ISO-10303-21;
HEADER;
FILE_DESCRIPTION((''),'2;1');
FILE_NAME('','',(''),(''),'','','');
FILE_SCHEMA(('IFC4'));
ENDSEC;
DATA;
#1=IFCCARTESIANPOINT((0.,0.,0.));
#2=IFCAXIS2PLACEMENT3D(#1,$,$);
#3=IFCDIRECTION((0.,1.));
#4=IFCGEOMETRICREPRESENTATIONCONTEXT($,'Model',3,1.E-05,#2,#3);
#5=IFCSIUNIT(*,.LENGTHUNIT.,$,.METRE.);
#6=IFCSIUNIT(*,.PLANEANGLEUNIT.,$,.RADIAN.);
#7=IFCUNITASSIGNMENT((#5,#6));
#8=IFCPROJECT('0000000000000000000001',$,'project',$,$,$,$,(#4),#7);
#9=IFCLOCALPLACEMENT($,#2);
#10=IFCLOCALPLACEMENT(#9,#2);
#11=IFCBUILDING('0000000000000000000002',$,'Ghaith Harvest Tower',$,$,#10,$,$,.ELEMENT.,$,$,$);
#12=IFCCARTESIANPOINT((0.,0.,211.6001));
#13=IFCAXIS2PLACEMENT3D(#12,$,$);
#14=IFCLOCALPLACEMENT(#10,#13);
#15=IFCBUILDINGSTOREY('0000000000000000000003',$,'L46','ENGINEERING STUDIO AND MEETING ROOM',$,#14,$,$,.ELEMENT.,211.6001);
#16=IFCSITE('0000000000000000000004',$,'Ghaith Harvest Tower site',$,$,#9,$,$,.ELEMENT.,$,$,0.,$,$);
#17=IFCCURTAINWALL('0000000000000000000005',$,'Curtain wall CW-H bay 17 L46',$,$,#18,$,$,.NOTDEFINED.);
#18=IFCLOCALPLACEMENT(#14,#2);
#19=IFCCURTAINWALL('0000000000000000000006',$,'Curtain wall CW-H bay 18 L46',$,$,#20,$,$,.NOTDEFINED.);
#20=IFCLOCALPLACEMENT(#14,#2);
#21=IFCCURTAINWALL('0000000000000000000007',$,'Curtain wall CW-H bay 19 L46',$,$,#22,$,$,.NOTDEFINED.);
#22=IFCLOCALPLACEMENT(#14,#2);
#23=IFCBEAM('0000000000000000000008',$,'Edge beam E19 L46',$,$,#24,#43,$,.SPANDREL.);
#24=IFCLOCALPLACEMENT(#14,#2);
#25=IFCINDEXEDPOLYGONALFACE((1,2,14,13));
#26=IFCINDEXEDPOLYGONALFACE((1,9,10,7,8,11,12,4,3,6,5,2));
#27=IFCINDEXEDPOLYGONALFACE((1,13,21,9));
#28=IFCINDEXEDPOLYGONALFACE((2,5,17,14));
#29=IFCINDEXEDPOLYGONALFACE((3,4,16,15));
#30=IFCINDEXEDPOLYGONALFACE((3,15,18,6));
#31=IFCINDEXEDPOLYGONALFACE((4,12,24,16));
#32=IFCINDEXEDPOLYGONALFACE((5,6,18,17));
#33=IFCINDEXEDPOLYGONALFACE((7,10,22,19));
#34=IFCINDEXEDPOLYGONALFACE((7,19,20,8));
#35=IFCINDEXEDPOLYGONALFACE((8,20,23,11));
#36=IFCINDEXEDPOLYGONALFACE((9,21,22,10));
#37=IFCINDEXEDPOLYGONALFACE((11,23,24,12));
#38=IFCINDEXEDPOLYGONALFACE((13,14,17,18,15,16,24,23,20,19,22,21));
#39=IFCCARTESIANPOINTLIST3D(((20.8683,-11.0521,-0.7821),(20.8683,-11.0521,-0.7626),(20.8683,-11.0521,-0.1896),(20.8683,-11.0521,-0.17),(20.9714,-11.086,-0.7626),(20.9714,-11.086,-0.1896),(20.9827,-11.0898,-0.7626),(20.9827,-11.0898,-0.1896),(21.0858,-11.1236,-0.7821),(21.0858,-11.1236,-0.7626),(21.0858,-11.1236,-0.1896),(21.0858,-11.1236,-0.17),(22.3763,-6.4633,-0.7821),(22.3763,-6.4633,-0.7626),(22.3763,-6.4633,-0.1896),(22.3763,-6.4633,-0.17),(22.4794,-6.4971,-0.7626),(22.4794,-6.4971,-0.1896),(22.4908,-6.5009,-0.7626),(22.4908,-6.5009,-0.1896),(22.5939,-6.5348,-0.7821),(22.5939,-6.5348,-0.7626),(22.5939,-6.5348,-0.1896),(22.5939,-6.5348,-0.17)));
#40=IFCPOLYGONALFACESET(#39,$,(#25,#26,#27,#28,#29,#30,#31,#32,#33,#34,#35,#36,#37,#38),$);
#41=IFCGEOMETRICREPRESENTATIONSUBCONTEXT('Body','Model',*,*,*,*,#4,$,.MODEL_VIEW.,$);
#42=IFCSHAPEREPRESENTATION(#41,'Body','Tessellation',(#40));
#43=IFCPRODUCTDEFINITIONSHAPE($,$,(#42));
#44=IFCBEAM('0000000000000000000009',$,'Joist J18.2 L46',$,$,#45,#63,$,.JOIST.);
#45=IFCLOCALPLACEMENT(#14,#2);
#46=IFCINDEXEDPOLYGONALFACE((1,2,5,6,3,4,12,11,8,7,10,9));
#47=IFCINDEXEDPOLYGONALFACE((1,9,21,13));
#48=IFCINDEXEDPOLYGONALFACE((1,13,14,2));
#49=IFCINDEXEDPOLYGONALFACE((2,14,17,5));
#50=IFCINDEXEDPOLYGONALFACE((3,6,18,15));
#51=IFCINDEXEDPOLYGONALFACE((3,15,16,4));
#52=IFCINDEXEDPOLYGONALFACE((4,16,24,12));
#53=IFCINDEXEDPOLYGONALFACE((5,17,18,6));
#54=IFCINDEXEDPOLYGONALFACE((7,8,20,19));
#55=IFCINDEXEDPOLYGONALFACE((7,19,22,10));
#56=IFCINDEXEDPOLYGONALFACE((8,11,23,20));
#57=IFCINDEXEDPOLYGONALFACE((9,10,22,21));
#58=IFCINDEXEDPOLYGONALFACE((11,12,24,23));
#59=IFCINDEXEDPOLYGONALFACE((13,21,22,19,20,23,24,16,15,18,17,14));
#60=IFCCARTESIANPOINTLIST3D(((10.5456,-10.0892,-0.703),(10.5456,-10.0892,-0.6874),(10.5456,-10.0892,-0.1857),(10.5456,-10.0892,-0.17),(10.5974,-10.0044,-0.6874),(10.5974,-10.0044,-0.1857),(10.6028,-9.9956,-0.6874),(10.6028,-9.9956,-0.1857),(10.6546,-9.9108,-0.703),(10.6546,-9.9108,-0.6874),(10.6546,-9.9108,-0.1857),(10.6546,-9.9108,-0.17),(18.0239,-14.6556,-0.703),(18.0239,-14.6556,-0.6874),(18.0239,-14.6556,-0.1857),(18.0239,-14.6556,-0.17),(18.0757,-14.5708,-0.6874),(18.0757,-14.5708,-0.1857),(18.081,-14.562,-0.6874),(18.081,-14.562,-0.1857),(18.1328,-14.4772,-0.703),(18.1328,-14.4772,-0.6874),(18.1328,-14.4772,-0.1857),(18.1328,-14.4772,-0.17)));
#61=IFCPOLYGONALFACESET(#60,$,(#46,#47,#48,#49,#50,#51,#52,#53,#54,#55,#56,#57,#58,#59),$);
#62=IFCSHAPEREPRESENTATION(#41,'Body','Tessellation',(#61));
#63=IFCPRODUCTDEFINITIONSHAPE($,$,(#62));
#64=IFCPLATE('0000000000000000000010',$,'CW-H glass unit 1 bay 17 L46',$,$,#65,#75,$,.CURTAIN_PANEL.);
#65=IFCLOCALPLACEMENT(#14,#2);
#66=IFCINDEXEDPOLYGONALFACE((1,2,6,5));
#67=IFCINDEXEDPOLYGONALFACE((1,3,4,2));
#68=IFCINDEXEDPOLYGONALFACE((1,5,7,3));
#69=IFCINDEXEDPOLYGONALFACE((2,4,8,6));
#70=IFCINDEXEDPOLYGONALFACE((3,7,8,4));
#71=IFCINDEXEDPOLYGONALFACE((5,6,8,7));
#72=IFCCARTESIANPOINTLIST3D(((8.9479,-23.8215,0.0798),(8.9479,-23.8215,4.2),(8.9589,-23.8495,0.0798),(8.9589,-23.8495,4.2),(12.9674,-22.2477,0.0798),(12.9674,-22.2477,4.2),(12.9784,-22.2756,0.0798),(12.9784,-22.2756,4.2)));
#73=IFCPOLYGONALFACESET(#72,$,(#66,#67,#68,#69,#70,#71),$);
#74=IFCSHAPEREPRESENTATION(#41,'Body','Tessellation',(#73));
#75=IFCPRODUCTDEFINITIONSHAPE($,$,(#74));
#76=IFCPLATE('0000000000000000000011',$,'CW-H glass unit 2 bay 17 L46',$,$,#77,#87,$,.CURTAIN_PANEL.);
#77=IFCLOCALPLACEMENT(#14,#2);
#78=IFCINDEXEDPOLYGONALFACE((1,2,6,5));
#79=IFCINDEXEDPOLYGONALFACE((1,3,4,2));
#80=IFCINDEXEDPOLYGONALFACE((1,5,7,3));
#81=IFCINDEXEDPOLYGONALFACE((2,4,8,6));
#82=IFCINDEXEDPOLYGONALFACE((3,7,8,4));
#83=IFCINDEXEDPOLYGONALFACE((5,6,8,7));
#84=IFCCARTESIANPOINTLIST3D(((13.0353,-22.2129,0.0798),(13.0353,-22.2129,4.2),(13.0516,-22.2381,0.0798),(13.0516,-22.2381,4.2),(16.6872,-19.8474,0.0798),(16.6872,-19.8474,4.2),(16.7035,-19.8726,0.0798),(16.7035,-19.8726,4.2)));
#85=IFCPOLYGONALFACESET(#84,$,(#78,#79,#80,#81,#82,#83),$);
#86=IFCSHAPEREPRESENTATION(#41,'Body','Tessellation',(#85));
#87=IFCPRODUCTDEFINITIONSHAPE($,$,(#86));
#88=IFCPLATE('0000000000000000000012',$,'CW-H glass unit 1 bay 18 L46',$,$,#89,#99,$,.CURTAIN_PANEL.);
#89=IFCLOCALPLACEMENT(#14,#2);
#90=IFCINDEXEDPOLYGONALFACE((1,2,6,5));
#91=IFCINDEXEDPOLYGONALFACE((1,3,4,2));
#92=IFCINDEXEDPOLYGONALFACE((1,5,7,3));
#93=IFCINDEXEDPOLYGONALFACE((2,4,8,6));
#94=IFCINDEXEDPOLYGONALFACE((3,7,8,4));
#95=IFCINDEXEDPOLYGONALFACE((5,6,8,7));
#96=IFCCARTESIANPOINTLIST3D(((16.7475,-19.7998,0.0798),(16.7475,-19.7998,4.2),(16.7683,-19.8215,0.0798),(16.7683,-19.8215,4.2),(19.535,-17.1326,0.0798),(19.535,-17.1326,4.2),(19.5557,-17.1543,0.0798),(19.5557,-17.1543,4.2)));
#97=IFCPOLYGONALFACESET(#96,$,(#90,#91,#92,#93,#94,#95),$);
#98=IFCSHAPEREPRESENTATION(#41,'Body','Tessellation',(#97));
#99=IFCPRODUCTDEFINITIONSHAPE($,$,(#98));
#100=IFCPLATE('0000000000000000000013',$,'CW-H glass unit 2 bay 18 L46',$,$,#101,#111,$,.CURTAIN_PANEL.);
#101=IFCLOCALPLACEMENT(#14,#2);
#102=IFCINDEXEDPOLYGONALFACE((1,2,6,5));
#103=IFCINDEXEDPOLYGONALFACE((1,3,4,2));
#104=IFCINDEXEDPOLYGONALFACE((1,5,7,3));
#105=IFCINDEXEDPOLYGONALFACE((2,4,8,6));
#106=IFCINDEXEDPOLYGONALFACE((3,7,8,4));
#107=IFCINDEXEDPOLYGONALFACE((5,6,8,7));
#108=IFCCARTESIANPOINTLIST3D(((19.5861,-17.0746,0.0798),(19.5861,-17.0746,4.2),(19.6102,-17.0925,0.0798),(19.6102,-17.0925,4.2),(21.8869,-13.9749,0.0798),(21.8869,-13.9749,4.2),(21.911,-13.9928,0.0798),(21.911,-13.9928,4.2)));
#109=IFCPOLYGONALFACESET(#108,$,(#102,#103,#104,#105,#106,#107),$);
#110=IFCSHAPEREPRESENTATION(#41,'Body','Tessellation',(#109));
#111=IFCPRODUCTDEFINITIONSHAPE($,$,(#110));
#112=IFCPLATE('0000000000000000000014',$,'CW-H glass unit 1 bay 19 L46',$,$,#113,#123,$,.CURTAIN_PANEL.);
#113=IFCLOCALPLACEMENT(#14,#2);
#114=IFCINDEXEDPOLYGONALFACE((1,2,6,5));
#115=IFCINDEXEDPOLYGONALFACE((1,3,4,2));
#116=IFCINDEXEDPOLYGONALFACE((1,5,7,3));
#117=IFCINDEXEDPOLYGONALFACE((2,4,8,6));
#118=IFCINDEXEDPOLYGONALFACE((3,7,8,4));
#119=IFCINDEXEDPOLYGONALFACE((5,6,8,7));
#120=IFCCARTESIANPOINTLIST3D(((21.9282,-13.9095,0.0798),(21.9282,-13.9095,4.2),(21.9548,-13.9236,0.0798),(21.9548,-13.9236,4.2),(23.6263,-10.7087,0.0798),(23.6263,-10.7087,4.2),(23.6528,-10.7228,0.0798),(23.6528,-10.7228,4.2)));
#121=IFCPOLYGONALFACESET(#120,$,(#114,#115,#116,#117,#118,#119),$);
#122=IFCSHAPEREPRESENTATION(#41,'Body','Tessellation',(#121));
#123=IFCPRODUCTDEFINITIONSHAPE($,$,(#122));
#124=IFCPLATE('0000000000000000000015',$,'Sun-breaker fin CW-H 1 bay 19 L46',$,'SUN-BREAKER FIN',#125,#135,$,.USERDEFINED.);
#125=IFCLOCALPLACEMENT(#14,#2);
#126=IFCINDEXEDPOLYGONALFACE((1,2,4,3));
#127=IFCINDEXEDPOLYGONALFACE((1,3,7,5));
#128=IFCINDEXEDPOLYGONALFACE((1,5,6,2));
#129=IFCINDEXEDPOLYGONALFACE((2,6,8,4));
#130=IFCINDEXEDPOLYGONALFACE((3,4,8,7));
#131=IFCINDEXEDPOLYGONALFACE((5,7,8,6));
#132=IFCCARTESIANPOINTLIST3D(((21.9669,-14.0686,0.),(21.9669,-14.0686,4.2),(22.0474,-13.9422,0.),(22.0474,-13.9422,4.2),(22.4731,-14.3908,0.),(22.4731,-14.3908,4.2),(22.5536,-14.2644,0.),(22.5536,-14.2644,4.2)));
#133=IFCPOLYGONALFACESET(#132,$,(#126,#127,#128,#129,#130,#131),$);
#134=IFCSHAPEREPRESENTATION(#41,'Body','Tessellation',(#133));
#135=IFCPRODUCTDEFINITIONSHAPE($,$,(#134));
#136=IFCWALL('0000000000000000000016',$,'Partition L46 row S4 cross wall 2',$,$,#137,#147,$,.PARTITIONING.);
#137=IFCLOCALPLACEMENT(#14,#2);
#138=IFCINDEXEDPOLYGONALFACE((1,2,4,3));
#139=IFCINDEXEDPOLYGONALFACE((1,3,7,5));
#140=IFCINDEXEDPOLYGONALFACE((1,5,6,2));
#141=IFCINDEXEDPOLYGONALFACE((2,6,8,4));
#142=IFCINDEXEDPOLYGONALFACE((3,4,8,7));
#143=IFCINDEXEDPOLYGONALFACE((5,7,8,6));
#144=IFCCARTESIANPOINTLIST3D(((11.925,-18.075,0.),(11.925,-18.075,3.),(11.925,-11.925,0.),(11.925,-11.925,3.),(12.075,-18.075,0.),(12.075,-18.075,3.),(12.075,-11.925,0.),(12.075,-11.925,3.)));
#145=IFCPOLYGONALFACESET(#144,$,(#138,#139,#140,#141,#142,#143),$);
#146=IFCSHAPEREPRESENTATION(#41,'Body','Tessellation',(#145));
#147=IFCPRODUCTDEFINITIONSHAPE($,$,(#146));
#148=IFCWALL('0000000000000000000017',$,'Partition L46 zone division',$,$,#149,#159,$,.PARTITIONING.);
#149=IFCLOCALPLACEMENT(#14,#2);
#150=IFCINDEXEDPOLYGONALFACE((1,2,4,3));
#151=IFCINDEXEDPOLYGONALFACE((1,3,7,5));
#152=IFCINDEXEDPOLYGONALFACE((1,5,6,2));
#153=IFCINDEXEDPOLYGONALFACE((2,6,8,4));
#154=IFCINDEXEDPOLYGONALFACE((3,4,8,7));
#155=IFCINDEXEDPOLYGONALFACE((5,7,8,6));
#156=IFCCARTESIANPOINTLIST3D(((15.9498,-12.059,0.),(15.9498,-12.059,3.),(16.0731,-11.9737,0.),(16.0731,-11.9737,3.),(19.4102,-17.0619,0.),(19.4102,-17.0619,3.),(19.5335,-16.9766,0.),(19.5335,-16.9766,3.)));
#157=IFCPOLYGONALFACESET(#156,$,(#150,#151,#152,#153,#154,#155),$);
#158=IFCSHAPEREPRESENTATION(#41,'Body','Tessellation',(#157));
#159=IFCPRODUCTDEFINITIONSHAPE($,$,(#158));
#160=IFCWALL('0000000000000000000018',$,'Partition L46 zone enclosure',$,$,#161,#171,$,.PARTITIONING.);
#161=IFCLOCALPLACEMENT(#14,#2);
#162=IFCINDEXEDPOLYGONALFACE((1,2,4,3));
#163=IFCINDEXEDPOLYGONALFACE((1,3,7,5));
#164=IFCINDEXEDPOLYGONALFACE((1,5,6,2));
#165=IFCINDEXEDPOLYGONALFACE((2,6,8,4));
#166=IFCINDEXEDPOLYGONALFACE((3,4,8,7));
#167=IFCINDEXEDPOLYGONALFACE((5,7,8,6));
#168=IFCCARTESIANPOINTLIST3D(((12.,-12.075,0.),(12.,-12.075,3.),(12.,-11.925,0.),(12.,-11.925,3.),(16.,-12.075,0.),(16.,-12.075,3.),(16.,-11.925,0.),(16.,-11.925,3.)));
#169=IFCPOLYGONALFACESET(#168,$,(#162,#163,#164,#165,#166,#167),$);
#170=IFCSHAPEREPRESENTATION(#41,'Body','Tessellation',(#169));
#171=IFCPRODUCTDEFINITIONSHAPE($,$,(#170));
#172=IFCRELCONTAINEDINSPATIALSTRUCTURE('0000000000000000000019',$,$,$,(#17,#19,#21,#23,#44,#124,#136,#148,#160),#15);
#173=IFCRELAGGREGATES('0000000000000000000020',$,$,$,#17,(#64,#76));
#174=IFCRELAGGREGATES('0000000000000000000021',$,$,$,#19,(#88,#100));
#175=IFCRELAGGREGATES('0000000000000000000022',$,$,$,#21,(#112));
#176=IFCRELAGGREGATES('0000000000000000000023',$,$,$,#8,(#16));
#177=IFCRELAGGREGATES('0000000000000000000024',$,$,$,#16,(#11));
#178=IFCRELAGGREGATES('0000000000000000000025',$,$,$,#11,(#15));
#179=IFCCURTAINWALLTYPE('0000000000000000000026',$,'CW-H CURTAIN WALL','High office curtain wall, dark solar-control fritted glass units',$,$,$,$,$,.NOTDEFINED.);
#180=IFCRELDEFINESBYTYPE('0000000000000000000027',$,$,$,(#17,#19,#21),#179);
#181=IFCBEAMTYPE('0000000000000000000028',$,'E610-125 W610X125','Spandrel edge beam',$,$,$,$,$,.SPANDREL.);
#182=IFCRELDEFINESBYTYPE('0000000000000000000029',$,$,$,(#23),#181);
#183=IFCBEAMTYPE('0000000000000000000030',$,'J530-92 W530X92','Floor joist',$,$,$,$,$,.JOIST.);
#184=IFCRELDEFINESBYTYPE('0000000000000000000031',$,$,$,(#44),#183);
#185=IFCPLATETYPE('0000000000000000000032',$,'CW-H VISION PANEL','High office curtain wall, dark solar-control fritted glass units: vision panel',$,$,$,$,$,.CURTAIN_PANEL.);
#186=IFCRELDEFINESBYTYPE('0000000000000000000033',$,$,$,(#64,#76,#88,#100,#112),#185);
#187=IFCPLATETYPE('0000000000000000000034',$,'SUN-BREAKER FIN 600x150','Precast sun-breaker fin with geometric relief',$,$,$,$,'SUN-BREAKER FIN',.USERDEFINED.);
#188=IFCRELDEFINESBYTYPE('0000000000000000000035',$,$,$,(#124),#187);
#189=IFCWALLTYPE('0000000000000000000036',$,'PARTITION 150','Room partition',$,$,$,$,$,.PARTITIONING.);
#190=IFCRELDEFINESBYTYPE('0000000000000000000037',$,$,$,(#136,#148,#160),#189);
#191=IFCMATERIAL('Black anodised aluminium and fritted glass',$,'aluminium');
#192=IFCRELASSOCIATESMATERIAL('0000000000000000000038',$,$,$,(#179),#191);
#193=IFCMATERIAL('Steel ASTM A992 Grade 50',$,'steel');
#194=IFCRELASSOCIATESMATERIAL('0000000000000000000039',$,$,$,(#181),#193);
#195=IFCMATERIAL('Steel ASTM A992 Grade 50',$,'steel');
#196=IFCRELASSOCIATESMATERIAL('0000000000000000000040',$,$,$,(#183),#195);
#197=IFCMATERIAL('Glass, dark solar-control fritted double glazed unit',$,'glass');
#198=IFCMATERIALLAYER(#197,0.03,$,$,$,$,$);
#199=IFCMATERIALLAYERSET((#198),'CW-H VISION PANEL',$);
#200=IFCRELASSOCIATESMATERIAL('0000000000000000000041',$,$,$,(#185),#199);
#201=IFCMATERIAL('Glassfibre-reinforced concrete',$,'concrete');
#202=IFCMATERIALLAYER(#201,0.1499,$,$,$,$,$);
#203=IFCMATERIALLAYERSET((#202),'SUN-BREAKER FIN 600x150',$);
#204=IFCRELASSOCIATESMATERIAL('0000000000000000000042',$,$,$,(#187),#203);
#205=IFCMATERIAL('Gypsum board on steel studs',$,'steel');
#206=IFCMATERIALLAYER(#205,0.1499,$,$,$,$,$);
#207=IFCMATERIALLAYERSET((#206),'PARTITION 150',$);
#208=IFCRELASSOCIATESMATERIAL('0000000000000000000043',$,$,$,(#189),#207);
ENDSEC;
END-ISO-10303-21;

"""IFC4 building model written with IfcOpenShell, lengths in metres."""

from ifc_helpers import new_model, si_unit, direction, frame, frame_2d, origin, origin_2d, place, context, subcontext, project, spatial, rectangle, i_section, extrude, material, layer, layer_set, material_profile, profile_set, type_object, element, aggregate, save


model = new_model("IFC4")

# Units and contexts
model_context = context("Model", 3, precision=1e-05, world=origin(), true_north=direction((0.0, 1.0)))
body_context = subcontext(model_context, "Body", "Model", "MODEL_VIEW")
ifc_project = project(units=[si_unit("LENGTHUNIT", "METRE"), si_unit("PLANEANGLEUNIT", "RADIAN")], contexts=[model_context])

# Site, building, storey
site_placement = place(None, origin())
site = spatial("IfcSite", under=ifc_project, at=site_placement, Name="Ghaith Harvest Tower site", CompositionType="ELEMENT", RefElevation=0.0)
building_placement = place(site_placement, origin())
building = spatial("IfcBuilding", under=site, at=building_placement, Name="Ghaith Harvest Tower", CompositionType="ELEMENT")
storey_placement = place(building_placement, frame((0.0, 0.0, 211.6001)))
storey = spatial("IfcBuildingStorey", under=building, at=storey_placement, Name="L46", Description="ENGINEERING STUDIO AND MEETING ROOM", CompositionType="ELEMENT", Elevation=211.6001)

# Curtain wall
ifc_material_1 = material(Name="Black anodised aluminium and fritted glass", Category="aluminium")
curtain_wall_type = type_object("IfcCurtainWallType", Name="CW-H CURTAIN WALL", Description="High office curtain wall, dark solar-control fritted glass units", PredefinedType="NOTDEFINED", material=ifc_material_1)
curtain_wall_1_placement = place(storey_placement, origin())
curtain_wall_1 = element("IfcCurtainWall", 1, at=curtain_wall_1_placement, inside=storey, type_object=curtain_wall_type, Name="Curtain wall CW-H bay 17 L46", PredefinedType="NOTDEFINED")

# Curtain walls
curtain_wall_2_placement = place(storey_placement, origin())
curtain_wall_2 = element("IfcCurtainWall", 2, at=curtain_wall_2_placement, inside=storey, type_object=curtain_wall_type, Name="Curtain wall CW-H bay 18 L46", PredefinedType="NOTDEFINED")
curtain_wall_3_placement = place(storey_placement, origin())
curtain_wall_3 = element("IfcCurtainWall", 3, at=curtain_wall_3_placement, inside=storey, type_object=curtain_wall_type, Name="Curtain wall CW-H bay 19 L46", PredefinedType="NOTDEFINED")

# Beams
ifc_material_2 = material(Name="Steel ASTM A992 Grade 50", Category="steel")
ifc_material_profile_1 = material_profile(ifc_material_2, i_section(OverallWidth=0.229, OverallDepth=0.6121, WebThickness=0.012, FlangeThickness=0.0195, at=origin_2d()), Name="W610X125")
ifc_profile_set_1 = profile_set([ifc_material_profile_1], Name="Steel ASTM A992 Grade 50")
beam_type_1 = type_object("IfcBeamType", Name="E610-125 W610X125", Description="Spandrel edge beam", PredefinedType="SPANDREL", material=ifc_profile_set_1)
beam_1_placement = place(storey_placement, frame((20.9771, -11.0879, -0.4761), z_axis=(0.312207, 0.950014, 0.0), x_axis=(-0.950014, 0.312207, 0.0)))
element("IfcBeam", 4, at=beam_1_placement, inside=storey, type_object=beam_type_1, Name="Edge beam E19 L46", PredefinedType="SPANDREL", context=body_context, shape_type="SweptSolid", body=[
    extrude(i_section(OverallWidth=0.229, OverallDepth=0.6121, WebThickness=0.012, FlangeThickness=0.0195, at=origin_2d()), origin(), (0.0, 0.0, 1.0), 4.8303),
])
ifc_material_3 = material(Name="Steel ASTM A992 Grade 50", Category="steel")
ifc_material_profile_2 = material_profile(ifc_material_3, i_section(OverallWidth=0.209, OverallDepth=0.533, WebThickness=0.0103, FlangeThickness=0.0156, at=origin_2d()), Name="W530X92")
ifc_profile_set_2 = profile_set([ifc_material_profile_2], Name="Steel ASTM A992 Grade 50")
beam_type_2 = type_object("IfcBeamType", Name="J530-92 W530X92", Description="Floor joist", PredefinedType="JOIST", material=ifc_profile_set_2)
beam_2_placement = place(storey_placement, frame((10.6001, -10.0, -0.4365), z_axis=(0.853467, -0.521147, 0.0), x_axis=(0.521147, 0.853467, 0.0)))
element("IfcBeam", 5, at=beam_2_placement, inside=storey, type_object=beam_type_2, Name="Joist J18.2 L46", PredefinedType="JOIST", context=body_context, shape_type="SweptSolid", body=[
    extrude(i_section(OverallWidth=0.209, OverallDepth=0.533, WebThickness=0.0103, FlangeThickness=0.0156, at=origin_2d()), origin(), (0.0, 0.0, 1.0), 8.7622),
])

# Plates
ifc_material_4 = material(Name="Glass, dark solar-control fritted double glazed unit", Category="glass")
ifc_layer_1 = layer(ifc_material_4, 0.03)
ifc_layer_set_1 = layer_set([ifc_layer_1], Name="CW-H VISION PANEL")
plate_type_1 = type_object("IfcPlateType", Name="CW-H VISION PANEL", Description="High office curtain wall, dark solar-control fritted glass units: vision panel", PredefinedType="CURTAIN_PANEL", material=ifc_layer_set_1)
plate_1_placement = place(storey_placement, frame((10.9631, -23.0486, 0.0798), z_axis=(0.0, 0.0, 1.0), x_axis=(0.931161, 0.364608, 0.0)))
plate_1 = element("IfcPlate", 6, at=plate_1_placement, type_object=plate_type_1, Name="CW-H glass unit 1 bay 17 L46", PredefinedType="CURTAIN_PANEL", context=body_context, shape_type="SweptSolid", body=[
    extrude(rectangle(XDim=4.3167, YDim=0.03, at=origin_2d()), origin(), (0.0, 0.0, 1.0), 4.1201),
])
plate_2_placement = place(storey_placement, frame((14.8694, -21.0427, 0.0798), z_axis=(0.0, 0.0, 1.0), x_axis=(0.839305, 0.54366, 0.0)))
plate_2 = element("IfcPlate", 7, at=plate_2_placement, type_object=plate_type_1, Name="CW-H glass unit 2 bay 17 L46", PredefinedType="CURTAIN_PANEL", context=body_context, shape_type="SweptSolid", body=[
    extrude(rectangle(XDim=4.3511, YDim=0.03, at=origin_2d()), origin(), (0.0, 0.0, 1.0), 4.1201),
])
aggregate(curtain_wall_1, [plate_1, plate_2])
plate_3_placement = place(storey_placement, frame((18.1516, -18.4771, 0.0798), z_axis=(0.0, 0.0, 1.0), x_axis=(0.722533, 0.691337, 0.0)))
plate_3 = element("IfcPlate", 8, at=plate_3_placement, type_object=plate_type_1, Name="CW-H glass unit 1 bay 18 L46", PredefinedType="CURTAIN_PANEL", context=body_context, shape_type="SweptSolid", body=[
    extrude(rectangle(XDim=3.8579, YDim=0.03, at=origin_2d()), origin(), (0.0, 0.0, 1.0), 4.1201),
])
plate_4_placement = place(storey_placement, frame((20.7485, -15.5337, 0.0798), z_axis=(0.0, 0.0, 1.0), x_axis=(0.596019, 0.802971, 0.0)))
plate_4 = element("IfcPlate", 9, at=plate_4_placement, type_object=plate_type_1, Name="CW-H glass unit 2 bay 18 L46", PredefinedType="CURTAIN_PANEL", context=body_context, shape_type="SweptSolid", body=[
    extrude(rectangle(XDim=3.8604, YDim=0.03, at=origin_2d()), origin(), (0.0, 0.0, 1.0), 4.1201),
])
aggregate(curtain_wall_2, [plate_3, plate_4])
plate_5_placement = place(storey_placement, frame((22.7905, -12.3162, 0.0798), z_axis=(0.0, 0.0, 1.0), x_axis=(0.468644, 0.883387, 0.0)))
plate_5 = element("IfcPlate", 10, at=plate_5_placement, type_object=plate_type_1, Name="CW-H glass unit 1 bay 19 L46", PredefinedType="CURTAIN_PANEL", context=body_context, shape_type="SweptSolid", body=[
    extrude(rectangle(XDim=3.6233, YDim=0.03, at=origin_2d()), origin(), (0.0, 0.0, 1.0), 4.1201),
])
aggregate(curtain_wall_3, [plate_5])
ifc_material_5 = material(Name="Glassfibre-reinforced concrete", Category="concrete")
ifc_layer_2 = layer(ifc_material_5, 0.1499)
ifc_layer_set_2 = layer_set([ifc_layer_2], Name="SUN-BREAKER FIN 600x150")
plate_type_2 = type_object("IfcPlateType", Name="SUN-BREAKER FIN 600x150", Description="Precast sun-breaker fin with geometric relief", ElementType="SUN-BREAKER FIN", PredefinedType="USERDEFINED", material=ifc_layer_set_2)
plate_6_placement = place(storey_placement, frame((22.2603, -14.1665, 0.0), z_axis=(0.0, 0.0, 1.0), x_axis=(0.843644, -0.536903, 0.0)))
element("IfcPlate", 11, at=plate_6_placement, inside=storey, type_object=plate_type_2, Name="Sun-breaker fin CW-H 1 bay 19 L46", ObjectType="SUN-BREAKER FIN", PredefinedType="USERDEFINED", context=body_context, shape_type="SweptSolid", body=[
    extrude(rectangle(XDim=0.6001, YDim=0.1499, at=origin_2d()), origin(), (0.0, 0.0, 1.0), 4.2),
])

# Walls
ifc_material_6 = material(Name="Gypsum board on steel studs", Category="steel")
ifc_layer_3 = layer(ifc_material_6, 0.1499)
ifc_layer_set_3 = layer_set([ifc_layer_3], Name="PARTITION 150")
wall_type = type_object("IfcWallType", Name="PARTITION 150", Description="Room partition", PredefinedType="PARTITIONING", material=ifc_layer_set_3)
wall_1_placement = place(storey_placement, frame((12.0, -11.925, 0.0), z_axis=(0.0, 0.0, 1.0), x_axis=(0.0, -1.0, 0.0)))
element("IfcWall", 12, at=wall_1_placement, inside=storey, type_object=wall_type, Name="Partition L46 row S4 cross wall 2", PredefinedType="PARTITIONING", context=body_context, shape_type="SweptSolid", body=[
    extrude(rectangle(XDim=6.1499, YDim=0.1499, at=frame_2d((3.075, 0.0))), origin(), (0.0, 0.0, 1.0), 3.0),
])
wall_2_placement = place(storey_placement, frame((16.0115, -12.0164, 0.0), z_axis=(0.0, 0.0, 1.0), x_axis=(0.568863, -0.822432, 0.0)))
element("IfcWall", 13, at=wall_2_placement, inside=storey, type_object=wall_type, Name="Partition L46 zone division", PredefinedType="PARTITIONING", context=body_context, shape_type="SweptSolid", body=[
    extrude(rectangle(XDim=6.083, YDim=0.1499, at=frame_2d((3.0415, 0.0))), origin(), (0.0, 0.0, 1.0), 3.0),
])

# Wall
wall_3_placement = place(storey_placement, frame((12.0, -12.0, 0.0), z_axis=(0.0, 0.0, 1.0), x_axis=(1.0, 0.0, 0.0)))
element("IfcWall", 14, at=wall_3_placement, inside=storey, type_object=wall_type, Name="Partition L46 zone enclosure", PredefinedType="PARTITIONING", context=body_context, shape_type="SweptSolid", body=[
    extrude(rectangle(XDim=4.0, YDim=0.1499, at=frame_2d((2.0, 0.0))), origin(), (0.0, 0.0, 1.0), 3.0),
])

save(model, "model.ifc")
